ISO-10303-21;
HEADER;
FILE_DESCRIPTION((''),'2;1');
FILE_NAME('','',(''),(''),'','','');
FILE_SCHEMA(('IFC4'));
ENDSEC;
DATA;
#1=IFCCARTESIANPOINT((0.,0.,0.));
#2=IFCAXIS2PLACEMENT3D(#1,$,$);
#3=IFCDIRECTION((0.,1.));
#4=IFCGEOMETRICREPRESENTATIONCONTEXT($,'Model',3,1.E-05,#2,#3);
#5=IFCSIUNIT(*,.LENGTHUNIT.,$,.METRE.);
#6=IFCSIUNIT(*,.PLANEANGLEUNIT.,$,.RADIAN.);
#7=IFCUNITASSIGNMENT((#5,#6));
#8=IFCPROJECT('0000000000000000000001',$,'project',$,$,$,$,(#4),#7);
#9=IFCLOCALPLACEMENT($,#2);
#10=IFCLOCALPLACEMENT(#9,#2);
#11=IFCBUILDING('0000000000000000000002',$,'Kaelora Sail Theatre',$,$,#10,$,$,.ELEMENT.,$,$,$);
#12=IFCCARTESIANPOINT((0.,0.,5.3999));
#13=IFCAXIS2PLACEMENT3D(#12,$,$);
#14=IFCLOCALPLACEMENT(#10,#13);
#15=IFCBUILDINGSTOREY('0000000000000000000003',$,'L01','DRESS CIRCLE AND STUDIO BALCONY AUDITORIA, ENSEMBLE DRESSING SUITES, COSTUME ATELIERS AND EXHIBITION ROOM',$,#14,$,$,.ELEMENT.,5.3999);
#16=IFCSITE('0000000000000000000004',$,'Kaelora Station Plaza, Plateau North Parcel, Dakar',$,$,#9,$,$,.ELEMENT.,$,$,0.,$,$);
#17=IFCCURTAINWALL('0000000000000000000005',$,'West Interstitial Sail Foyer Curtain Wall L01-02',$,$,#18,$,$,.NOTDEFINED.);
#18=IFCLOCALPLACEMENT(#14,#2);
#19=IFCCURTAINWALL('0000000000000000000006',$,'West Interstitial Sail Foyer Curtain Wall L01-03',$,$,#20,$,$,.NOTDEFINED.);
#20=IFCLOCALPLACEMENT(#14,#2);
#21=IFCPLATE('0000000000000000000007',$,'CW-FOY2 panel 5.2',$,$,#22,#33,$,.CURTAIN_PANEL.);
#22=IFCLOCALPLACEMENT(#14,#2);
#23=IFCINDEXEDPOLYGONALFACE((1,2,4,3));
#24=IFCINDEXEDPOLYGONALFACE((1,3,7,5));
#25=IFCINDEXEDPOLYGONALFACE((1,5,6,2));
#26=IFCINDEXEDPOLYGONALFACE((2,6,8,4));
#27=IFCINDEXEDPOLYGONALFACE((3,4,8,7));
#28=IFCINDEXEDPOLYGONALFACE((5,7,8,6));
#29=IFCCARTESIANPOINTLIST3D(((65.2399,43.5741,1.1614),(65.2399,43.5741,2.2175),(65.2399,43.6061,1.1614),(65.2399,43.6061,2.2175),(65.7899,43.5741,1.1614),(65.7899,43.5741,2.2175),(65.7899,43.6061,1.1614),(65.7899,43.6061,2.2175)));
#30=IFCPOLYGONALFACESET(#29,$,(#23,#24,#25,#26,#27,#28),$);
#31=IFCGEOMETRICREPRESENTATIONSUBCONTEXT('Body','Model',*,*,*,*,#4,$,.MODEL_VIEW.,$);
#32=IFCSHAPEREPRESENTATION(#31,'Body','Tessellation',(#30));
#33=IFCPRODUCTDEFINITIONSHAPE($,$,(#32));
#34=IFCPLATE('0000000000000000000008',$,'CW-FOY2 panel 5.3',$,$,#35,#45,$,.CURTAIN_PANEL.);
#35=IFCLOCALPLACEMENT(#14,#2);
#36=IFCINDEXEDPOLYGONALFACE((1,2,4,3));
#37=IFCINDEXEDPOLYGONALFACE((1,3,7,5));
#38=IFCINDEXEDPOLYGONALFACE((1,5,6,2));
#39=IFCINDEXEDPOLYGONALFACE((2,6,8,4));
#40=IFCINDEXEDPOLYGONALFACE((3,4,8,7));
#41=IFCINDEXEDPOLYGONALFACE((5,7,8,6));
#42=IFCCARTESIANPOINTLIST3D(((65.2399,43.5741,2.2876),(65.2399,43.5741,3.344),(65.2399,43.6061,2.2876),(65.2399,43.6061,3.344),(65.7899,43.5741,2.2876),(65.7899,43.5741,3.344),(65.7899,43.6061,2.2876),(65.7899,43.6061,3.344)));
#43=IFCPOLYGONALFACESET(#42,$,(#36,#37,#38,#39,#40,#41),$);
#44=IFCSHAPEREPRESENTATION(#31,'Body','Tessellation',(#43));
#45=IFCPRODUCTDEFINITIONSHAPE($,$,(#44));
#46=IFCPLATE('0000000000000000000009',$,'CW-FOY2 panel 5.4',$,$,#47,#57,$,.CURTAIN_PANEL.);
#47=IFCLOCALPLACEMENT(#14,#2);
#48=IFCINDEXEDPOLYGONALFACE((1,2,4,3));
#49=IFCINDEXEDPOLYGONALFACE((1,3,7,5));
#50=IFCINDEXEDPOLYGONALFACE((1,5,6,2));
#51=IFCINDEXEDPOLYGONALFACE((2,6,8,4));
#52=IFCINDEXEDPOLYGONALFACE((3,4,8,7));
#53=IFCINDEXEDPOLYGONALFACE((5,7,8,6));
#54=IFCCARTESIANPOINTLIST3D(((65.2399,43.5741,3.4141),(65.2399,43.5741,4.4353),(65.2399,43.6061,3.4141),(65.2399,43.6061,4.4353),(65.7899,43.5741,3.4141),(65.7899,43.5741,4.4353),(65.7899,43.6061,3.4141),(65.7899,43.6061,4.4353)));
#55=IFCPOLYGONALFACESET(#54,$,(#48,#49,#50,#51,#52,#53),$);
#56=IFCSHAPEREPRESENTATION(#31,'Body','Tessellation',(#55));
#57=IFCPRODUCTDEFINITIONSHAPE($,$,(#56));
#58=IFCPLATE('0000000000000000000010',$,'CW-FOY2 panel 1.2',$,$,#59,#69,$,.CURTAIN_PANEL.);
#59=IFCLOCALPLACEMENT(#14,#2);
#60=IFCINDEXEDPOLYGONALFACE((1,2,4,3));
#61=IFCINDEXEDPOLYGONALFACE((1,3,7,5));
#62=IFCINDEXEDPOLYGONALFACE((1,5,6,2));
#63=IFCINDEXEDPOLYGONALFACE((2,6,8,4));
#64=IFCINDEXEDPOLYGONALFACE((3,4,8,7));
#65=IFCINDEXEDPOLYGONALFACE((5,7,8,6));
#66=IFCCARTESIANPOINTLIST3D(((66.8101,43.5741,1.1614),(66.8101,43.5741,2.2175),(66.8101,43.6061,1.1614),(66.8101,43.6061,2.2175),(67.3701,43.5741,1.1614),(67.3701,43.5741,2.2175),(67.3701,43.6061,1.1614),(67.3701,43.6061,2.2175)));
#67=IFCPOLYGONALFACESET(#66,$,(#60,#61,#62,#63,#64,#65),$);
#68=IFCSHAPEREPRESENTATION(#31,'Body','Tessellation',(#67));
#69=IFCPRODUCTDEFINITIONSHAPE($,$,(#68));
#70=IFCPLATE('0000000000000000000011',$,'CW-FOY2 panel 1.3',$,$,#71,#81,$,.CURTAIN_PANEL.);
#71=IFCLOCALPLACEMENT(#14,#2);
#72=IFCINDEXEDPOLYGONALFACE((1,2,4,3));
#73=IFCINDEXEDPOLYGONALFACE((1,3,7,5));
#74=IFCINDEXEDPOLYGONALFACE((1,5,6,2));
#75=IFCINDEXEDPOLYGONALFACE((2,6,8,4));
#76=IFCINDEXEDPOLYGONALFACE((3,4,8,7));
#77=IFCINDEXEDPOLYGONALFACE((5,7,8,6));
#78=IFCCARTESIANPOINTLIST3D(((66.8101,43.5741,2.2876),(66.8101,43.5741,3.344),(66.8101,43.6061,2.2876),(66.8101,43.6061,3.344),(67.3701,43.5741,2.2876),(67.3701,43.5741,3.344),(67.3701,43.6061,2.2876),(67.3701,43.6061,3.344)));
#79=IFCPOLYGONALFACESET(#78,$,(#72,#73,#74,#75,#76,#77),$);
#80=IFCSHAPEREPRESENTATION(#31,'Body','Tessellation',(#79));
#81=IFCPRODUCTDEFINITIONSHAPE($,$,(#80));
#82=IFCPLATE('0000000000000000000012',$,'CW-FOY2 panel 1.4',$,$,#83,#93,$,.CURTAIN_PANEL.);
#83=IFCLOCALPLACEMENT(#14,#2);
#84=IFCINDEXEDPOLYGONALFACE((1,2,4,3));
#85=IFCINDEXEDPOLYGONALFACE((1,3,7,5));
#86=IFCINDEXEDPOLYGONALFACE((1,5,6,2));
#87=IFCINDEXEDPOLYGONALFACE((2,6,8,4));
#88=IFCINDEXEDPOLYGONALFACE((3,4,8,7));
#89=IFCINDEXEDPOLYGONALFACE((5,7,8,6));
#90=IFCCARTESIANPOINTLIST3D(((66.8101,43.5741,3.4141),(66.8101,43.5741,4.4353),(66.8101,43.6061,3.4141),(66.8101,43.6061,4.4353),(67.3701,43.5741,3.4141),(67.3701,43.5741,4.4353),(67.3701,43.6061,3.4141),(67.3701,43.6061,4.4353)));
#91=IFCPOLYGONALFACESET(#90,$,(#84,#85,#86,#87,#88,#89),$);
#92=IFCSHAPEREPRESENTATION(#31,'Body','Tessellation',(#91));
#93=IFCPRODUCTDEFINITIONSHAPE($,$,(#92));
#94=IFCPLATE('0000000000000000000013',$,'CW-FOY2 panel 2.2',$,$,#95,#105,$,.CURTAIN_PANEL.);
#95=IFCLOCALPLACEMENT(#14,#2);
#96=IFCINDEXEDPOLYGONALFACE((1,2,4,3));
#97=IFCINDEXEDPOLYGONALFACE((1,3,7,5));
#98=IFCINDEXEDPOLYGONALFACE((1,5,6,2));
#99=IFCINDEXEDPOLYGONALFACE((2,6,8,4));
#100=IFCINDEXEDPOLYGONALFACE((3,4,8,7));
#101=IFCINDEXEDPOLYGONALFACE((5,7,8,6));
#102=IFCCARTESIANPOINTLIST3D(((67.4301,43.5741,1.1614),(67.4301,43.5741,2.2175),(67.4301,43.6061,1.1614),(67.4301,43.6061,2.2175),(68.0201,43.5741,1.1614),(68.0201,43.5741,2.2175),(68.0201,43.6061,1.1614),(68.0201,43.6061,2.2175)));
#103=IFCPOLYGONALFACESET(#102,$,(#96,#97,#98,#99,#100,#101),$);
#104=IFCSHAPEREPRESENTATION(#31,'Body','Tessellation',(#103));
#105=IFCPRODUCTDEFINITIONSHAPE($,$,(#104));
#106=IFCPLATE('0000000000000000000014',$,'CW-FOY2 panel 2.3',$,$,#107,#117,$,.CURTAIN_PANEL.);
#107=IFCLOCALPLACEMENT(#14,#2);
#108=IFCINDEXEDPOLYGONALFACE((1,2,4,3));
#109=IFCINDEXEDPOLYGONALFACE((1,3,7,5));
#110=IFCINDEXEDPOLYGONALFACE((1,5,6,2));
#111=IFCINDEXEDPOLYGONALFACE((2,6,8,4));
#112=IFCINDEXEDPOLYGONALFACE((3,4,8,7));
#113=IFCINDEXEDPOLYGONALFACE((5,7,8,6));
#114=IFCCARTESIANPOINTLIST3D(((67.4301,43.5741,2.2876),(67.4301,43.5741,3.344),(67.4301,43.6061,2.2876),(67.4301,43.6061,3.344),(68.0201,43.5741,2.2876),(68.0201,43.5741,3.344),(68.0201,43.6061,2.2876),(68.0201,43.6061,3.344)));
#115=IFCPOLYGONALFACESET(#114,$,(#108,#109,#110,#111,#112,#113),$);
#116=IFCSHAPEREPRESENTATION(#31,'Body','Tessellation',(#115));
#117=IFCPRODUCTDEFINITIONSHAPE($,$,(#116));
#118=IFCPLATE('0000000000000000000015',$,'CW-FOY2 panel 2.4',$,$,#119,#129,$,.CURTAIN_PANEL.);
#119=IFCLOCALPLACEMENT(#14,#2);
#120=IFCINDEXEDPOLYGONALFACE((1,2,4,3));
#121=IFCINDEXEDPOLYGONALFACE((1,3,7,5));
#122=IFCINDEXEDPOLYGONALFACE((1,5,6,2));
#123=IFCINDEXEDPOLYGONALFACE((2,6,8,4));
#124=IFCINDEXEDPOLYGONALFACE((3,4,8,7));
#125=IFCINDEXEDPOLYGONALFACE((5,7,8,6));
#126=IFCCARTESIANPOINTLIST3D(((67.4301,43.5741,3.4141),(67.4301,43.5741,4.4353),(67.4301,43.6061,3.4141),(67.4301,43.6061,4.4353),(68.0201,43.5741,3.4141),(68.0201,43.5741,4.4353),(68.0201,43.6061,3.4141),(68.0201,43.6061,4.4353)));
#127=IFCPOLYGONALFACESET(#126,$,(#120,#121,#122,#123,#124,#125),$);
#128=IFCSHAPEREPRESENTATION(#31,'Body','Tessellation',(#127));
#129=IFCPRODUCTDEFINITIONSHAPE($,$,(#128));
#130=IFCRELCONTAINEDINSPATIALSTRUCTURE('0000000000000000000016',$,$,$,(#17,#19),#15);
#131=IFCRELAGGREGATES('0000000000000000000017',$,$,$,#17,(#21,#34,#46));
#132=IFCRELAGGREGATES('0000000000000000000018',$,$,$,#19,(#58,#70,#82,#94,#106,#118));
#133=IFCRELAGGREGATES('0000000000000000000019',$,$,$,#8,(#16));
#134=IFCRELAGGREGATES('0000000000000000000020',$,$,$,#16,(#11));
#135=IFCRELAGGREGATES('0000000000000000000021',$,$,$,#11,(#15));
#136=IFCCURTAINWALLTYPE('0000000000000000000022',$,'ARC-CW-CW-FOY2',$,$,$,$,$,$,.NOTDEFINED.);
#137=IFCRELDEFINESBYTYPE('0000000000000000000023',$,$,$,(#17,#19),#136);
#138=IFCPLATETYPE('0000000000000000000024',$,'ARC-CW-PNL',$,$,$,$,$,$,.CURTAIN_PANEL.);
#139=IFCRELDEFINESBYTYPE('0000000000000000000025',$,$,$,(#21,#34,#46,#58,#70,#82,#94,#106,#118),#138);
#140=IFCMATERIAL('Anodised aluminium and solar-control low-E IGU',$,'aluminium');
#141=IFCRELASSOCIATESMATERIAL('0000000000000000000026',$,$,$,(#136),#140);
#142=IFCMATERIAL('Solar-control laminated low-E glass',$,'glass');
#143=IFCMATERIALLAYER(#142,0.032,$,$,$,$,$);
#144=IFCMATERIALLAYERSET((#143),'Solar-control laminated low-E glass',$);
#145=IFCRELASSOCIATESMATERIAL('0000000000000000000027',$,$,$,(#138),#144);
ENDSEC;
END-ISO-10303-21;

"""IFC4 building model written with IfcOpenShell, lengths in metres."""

from ifc_helpers import new_model, si_unit, direction, frame, origin, origin_2d, place, context, subcontext, project, spatial, rectangle, extrude, material, layer, layer_set, type_object, element, aggregate, save


model = new_model("IFC4")

# Units and contexts
model_context = context("Model", 3, precision=1e-05, world=origin(), true_north=direction((0.0, 1.0)))
body_context = subcontext(model_context, "Body", "Model", "MODEL_VIEW")
ifc_project = project(units=[si_unit("LENGTHUNIT", "METRE"), si_unit("PLANEANGLEUNIT", "RADIAN")], contexts=[model_context])

# Site, building, storey
site_placement = place(None, origin())
site = spatial("IfcSite", under=ifc_project, at=site_placement, Name="Kaelora Station Plaza, Plateau North Parcel, Dakar", CompositionType="ELEMENT", RefElevation=0.0)
building_placement = place(site_placement, origin())
building = spatial("IfcBuilding", under=site, at=building_placement, Name="Kaelora Sail Theatre", CompositionType="ELEMENT")
storey_placement = place(building_placement, frame((0.0, 0.0, 5.3999)))
storey = spatial("IfcBuildingStorey", under=building, at=storey_placement, Name="L01", Description="DRESS CIRCLE AND STUDIO BALCONY AUDITORIA, ENSEMBLE DRESSING SUITES, COSTUME ATELIERS AND EXHIBITION ROOM", CompositionType="ELEMENT", Elevation=5.3999)

# Curtain walls
ifc_material_1 = material(Name="Anodised aluminium and solar-control low-E IGU", Category="aluminium")
curtain_wall_type = type_object("IfcCurtainWallType", Name="ARC-CW-CW-FOY2", PredefinedType="NOTDEFINED", material=ifc_material_1)
curtain_wall_1_placement = place(storey_placement, origin())
curtain_wall_1 = element("IfcCurtainWall", 1, at=curtain_wall_1_placement, inside=storey, type_object=curtain_wall_type, Name="West Interstitial Sail Foyer Curtain Wall L01-02", PredefinedType="NOTDEFINED")
curtain_wall_2_placement = place(storey_placement, origin())
curtain_wall_2 = element("IfcCurtainWall", 2, at=curtain_wall_2_placement, inside=storey, type_object=curtain_wall_type, Name="West Interstitial Sail Foyer Curtain Wall L01-03", PredefinedType="NOTDEFINED")

# Plates
ifc_material_2 = material(Name="Solar-control laminated low-E glass", Category="glass")
ifc_layer = layer(ifc_material_2, 0.032)
ifc_layer_set = layer_set([ifc_layer], Name="Solar-control laminated low-E glass")
plate_type = type_object("IfcPlateType", Name="ARC-CW-PNL", PredefinedType="CURTAIN_PANEL", material=ifc_layer_set)
plate_1_placement = place(storey_placement, frame((65.5149, 43.5901, 1.1614), z_axis=(0.0, 0.0, 1.0), x_axis=(1.0, 0.0, 0.0)))
plate_1 = element("IfcPlate", 3, at=plate_1_placement, type_object=plate_type, Name="CW-FOY2 panel 5.2", PredefinedType="CURTAIN_PANEL", context=body_context, shape_type="SweptSolid", body=[
    extrude(rectangle(XDim=0.55, YDim=0.032, at=origin_2d()), origin(), (0.0, 0.0, 1.0), 1.0562),
])
plate_2_placement = place(storey_placement, frame((65.5149, 43.5901, 2.2876), z_axis=(0.0, 0.0, 1.0), x_axis=(1.0, 0.0, 0.0)))
plate_2 = element("IfcPlate", 4, at=plate_2_placement, type_object=plate_type, Name="CW-FOY2 panel 5.3", PredefinedType="CURTAIN_PANEL", context=body_context, shape_type="SweptSolid", body=[
    extrude(rectangle(XDim=0.55, YDim=0.032, at=origin_2d()), origin(), (0.0, 0.0, 1.0), 1.0564),
])
plate_3_placement = place(storey_placement, frame((65.5149, 43.5901, 3.4141), z_axis=(0.0, 0.0, 1.0), x_axis=(1.0, 0.0, 0.0)))
plate_3 = element("IfcPlate", 5, at=plate_3_placement, type_object=plate_type, Name="CW-FOY2 panel 5.4", PredefinedType="CURTAIN_PANEL", context=body_context, shape_type="SweptSolid", body=[
    extrude(rectangle(XDim=0.55, YDim=0.032, at=origin_2d()), origin(), (0.0, 0.0, 1.0), 1.0212),
])
aggregate(curtain_wall_1, [plate_1, plate_2, plate_3])
plate_4_placement = place(storey_placement, frame((67.0901, 43.5901, 1.1614), z_axis=(0.0, 0.0, 1.0), x_axis=(1.0, 0.0, 0.0)))
plate_4 = element("IfcPlate", 6, at=plate_4_placement, type_object=plate_type, Name="CW-FOY2 panel 1.2", PredefinedType="CURTAIN_PANEL", context=body_context, shape_type="SweptSolid", body=[
    extrude(rectangle(XDim=0.5601, YDim=0.032, at=origin_2d()), origin(), (0.0, 0.0, 1.0), 1.0562),
])
plate_5_placement = place(storey_placement, frame((67.0901, 43.5901, 2.2876), z_axis=(0.0, 0.0, 1.0), x_axis=(1.0, 0.0, 0.0)))
plate_5 = element("IfcPlate", 7, at=plate_5_placement, type_object=plate_type, Name="CW-FOY2 panel 1.3", PredefinedType="CURTAIN_PANEL", context=body_context, shape_type="SweptSolid", body=[
    extrude(rectangle(XDim=0.5601, YDim=0.032, at=origin_2d()), origin(), (0.0, 0.0, 1.0), 1.0564),
])
plate_6_placement = place(storey_placement, frame((67.0901, 43.5901, 3.4141), z_axis=(0.0, 0.0, 1.0), x_axis=(1.0, 0.0, 0.0)))
plate_6 = element("IfcPlate", 8, at=plate_6_placement, type_object=plate_type, Name="CW-FOY2 panel 1.4", PredefinedType="CURTAIN_PANEL", context=body_context, shape_type="SweptSolid", body=[
    extrude(rectangle(XDim=0.5601, YDim=0.032, at=origin_2d()), origin(), (0.0, 0.0, 1.0), 1.0212),
])
plate_7_placement = place(storey_placement, frame((67.7251, 43.5901, 1.1614), z_axis=(0.0, 0.0, 1.0), x_axis=(1.0, 0.0, 0.0)))
plate_7 = element("IfcPlate", 9, at=plate_7_placement, type_object=plate_type, Name="CW-FOY2 panel 2.2", PredefinedType="CURTAIN_PANEL", context=body_context, shape_type="SweptSolid", body=[
    extrude(rectangle(XDim=0.5901, YDim=0.032, at=origin_2d()), origin(), (0.0, 0.0, 1.0), 1.0562),
])
plate_8_placement = place(storey_placement, frame((67.7251, 43.5901, 2.2876), z_axis=(0.0, 0.0, 1.0), x_axis=(1.0, 0.0, 0.0)))
plate_8 = element("IfcPlate", 10, at=plate_8_placement, type_object=plate_type, Name="CW-FOY2 panel 2.3", PredefinedType="CURTAIN_PANEL", context=body_context, shape_type="SweptSolid", body=[
    extrude(rectangle(XDim=0.5901, YDim=0.032, at=origin_2d()), origin(), (0.0, 0.0, 1.0), 1.0564),
])
plate_9_placement = place(storey_placement, frame((67.7251, 43.5901, 3.4141), z_axis=(0.0, 0.0, 1.0), x_axis=(1.0, 0.0, 0.0)))
plate_9 = element("IfcPlate", 11, at=plate_9_placement, type_object=plate_type, Name="CW-FOY2 panel 2.4", PredefinedType="CURTAIN_PANEL", context=body_context, shape_type="SweptSolid", body=[
    extrude(rectangle(XDim=0.5901, YDim=0.032, at=origin_2d()), origin(), (0.0, 0.0, 1.0), 1.0212),
])
aggregate(curtain_wall_2, [plate_4, plate_5, plate_6, plate_7, plate_8, plate_9])

save(model, "model.ifc")
